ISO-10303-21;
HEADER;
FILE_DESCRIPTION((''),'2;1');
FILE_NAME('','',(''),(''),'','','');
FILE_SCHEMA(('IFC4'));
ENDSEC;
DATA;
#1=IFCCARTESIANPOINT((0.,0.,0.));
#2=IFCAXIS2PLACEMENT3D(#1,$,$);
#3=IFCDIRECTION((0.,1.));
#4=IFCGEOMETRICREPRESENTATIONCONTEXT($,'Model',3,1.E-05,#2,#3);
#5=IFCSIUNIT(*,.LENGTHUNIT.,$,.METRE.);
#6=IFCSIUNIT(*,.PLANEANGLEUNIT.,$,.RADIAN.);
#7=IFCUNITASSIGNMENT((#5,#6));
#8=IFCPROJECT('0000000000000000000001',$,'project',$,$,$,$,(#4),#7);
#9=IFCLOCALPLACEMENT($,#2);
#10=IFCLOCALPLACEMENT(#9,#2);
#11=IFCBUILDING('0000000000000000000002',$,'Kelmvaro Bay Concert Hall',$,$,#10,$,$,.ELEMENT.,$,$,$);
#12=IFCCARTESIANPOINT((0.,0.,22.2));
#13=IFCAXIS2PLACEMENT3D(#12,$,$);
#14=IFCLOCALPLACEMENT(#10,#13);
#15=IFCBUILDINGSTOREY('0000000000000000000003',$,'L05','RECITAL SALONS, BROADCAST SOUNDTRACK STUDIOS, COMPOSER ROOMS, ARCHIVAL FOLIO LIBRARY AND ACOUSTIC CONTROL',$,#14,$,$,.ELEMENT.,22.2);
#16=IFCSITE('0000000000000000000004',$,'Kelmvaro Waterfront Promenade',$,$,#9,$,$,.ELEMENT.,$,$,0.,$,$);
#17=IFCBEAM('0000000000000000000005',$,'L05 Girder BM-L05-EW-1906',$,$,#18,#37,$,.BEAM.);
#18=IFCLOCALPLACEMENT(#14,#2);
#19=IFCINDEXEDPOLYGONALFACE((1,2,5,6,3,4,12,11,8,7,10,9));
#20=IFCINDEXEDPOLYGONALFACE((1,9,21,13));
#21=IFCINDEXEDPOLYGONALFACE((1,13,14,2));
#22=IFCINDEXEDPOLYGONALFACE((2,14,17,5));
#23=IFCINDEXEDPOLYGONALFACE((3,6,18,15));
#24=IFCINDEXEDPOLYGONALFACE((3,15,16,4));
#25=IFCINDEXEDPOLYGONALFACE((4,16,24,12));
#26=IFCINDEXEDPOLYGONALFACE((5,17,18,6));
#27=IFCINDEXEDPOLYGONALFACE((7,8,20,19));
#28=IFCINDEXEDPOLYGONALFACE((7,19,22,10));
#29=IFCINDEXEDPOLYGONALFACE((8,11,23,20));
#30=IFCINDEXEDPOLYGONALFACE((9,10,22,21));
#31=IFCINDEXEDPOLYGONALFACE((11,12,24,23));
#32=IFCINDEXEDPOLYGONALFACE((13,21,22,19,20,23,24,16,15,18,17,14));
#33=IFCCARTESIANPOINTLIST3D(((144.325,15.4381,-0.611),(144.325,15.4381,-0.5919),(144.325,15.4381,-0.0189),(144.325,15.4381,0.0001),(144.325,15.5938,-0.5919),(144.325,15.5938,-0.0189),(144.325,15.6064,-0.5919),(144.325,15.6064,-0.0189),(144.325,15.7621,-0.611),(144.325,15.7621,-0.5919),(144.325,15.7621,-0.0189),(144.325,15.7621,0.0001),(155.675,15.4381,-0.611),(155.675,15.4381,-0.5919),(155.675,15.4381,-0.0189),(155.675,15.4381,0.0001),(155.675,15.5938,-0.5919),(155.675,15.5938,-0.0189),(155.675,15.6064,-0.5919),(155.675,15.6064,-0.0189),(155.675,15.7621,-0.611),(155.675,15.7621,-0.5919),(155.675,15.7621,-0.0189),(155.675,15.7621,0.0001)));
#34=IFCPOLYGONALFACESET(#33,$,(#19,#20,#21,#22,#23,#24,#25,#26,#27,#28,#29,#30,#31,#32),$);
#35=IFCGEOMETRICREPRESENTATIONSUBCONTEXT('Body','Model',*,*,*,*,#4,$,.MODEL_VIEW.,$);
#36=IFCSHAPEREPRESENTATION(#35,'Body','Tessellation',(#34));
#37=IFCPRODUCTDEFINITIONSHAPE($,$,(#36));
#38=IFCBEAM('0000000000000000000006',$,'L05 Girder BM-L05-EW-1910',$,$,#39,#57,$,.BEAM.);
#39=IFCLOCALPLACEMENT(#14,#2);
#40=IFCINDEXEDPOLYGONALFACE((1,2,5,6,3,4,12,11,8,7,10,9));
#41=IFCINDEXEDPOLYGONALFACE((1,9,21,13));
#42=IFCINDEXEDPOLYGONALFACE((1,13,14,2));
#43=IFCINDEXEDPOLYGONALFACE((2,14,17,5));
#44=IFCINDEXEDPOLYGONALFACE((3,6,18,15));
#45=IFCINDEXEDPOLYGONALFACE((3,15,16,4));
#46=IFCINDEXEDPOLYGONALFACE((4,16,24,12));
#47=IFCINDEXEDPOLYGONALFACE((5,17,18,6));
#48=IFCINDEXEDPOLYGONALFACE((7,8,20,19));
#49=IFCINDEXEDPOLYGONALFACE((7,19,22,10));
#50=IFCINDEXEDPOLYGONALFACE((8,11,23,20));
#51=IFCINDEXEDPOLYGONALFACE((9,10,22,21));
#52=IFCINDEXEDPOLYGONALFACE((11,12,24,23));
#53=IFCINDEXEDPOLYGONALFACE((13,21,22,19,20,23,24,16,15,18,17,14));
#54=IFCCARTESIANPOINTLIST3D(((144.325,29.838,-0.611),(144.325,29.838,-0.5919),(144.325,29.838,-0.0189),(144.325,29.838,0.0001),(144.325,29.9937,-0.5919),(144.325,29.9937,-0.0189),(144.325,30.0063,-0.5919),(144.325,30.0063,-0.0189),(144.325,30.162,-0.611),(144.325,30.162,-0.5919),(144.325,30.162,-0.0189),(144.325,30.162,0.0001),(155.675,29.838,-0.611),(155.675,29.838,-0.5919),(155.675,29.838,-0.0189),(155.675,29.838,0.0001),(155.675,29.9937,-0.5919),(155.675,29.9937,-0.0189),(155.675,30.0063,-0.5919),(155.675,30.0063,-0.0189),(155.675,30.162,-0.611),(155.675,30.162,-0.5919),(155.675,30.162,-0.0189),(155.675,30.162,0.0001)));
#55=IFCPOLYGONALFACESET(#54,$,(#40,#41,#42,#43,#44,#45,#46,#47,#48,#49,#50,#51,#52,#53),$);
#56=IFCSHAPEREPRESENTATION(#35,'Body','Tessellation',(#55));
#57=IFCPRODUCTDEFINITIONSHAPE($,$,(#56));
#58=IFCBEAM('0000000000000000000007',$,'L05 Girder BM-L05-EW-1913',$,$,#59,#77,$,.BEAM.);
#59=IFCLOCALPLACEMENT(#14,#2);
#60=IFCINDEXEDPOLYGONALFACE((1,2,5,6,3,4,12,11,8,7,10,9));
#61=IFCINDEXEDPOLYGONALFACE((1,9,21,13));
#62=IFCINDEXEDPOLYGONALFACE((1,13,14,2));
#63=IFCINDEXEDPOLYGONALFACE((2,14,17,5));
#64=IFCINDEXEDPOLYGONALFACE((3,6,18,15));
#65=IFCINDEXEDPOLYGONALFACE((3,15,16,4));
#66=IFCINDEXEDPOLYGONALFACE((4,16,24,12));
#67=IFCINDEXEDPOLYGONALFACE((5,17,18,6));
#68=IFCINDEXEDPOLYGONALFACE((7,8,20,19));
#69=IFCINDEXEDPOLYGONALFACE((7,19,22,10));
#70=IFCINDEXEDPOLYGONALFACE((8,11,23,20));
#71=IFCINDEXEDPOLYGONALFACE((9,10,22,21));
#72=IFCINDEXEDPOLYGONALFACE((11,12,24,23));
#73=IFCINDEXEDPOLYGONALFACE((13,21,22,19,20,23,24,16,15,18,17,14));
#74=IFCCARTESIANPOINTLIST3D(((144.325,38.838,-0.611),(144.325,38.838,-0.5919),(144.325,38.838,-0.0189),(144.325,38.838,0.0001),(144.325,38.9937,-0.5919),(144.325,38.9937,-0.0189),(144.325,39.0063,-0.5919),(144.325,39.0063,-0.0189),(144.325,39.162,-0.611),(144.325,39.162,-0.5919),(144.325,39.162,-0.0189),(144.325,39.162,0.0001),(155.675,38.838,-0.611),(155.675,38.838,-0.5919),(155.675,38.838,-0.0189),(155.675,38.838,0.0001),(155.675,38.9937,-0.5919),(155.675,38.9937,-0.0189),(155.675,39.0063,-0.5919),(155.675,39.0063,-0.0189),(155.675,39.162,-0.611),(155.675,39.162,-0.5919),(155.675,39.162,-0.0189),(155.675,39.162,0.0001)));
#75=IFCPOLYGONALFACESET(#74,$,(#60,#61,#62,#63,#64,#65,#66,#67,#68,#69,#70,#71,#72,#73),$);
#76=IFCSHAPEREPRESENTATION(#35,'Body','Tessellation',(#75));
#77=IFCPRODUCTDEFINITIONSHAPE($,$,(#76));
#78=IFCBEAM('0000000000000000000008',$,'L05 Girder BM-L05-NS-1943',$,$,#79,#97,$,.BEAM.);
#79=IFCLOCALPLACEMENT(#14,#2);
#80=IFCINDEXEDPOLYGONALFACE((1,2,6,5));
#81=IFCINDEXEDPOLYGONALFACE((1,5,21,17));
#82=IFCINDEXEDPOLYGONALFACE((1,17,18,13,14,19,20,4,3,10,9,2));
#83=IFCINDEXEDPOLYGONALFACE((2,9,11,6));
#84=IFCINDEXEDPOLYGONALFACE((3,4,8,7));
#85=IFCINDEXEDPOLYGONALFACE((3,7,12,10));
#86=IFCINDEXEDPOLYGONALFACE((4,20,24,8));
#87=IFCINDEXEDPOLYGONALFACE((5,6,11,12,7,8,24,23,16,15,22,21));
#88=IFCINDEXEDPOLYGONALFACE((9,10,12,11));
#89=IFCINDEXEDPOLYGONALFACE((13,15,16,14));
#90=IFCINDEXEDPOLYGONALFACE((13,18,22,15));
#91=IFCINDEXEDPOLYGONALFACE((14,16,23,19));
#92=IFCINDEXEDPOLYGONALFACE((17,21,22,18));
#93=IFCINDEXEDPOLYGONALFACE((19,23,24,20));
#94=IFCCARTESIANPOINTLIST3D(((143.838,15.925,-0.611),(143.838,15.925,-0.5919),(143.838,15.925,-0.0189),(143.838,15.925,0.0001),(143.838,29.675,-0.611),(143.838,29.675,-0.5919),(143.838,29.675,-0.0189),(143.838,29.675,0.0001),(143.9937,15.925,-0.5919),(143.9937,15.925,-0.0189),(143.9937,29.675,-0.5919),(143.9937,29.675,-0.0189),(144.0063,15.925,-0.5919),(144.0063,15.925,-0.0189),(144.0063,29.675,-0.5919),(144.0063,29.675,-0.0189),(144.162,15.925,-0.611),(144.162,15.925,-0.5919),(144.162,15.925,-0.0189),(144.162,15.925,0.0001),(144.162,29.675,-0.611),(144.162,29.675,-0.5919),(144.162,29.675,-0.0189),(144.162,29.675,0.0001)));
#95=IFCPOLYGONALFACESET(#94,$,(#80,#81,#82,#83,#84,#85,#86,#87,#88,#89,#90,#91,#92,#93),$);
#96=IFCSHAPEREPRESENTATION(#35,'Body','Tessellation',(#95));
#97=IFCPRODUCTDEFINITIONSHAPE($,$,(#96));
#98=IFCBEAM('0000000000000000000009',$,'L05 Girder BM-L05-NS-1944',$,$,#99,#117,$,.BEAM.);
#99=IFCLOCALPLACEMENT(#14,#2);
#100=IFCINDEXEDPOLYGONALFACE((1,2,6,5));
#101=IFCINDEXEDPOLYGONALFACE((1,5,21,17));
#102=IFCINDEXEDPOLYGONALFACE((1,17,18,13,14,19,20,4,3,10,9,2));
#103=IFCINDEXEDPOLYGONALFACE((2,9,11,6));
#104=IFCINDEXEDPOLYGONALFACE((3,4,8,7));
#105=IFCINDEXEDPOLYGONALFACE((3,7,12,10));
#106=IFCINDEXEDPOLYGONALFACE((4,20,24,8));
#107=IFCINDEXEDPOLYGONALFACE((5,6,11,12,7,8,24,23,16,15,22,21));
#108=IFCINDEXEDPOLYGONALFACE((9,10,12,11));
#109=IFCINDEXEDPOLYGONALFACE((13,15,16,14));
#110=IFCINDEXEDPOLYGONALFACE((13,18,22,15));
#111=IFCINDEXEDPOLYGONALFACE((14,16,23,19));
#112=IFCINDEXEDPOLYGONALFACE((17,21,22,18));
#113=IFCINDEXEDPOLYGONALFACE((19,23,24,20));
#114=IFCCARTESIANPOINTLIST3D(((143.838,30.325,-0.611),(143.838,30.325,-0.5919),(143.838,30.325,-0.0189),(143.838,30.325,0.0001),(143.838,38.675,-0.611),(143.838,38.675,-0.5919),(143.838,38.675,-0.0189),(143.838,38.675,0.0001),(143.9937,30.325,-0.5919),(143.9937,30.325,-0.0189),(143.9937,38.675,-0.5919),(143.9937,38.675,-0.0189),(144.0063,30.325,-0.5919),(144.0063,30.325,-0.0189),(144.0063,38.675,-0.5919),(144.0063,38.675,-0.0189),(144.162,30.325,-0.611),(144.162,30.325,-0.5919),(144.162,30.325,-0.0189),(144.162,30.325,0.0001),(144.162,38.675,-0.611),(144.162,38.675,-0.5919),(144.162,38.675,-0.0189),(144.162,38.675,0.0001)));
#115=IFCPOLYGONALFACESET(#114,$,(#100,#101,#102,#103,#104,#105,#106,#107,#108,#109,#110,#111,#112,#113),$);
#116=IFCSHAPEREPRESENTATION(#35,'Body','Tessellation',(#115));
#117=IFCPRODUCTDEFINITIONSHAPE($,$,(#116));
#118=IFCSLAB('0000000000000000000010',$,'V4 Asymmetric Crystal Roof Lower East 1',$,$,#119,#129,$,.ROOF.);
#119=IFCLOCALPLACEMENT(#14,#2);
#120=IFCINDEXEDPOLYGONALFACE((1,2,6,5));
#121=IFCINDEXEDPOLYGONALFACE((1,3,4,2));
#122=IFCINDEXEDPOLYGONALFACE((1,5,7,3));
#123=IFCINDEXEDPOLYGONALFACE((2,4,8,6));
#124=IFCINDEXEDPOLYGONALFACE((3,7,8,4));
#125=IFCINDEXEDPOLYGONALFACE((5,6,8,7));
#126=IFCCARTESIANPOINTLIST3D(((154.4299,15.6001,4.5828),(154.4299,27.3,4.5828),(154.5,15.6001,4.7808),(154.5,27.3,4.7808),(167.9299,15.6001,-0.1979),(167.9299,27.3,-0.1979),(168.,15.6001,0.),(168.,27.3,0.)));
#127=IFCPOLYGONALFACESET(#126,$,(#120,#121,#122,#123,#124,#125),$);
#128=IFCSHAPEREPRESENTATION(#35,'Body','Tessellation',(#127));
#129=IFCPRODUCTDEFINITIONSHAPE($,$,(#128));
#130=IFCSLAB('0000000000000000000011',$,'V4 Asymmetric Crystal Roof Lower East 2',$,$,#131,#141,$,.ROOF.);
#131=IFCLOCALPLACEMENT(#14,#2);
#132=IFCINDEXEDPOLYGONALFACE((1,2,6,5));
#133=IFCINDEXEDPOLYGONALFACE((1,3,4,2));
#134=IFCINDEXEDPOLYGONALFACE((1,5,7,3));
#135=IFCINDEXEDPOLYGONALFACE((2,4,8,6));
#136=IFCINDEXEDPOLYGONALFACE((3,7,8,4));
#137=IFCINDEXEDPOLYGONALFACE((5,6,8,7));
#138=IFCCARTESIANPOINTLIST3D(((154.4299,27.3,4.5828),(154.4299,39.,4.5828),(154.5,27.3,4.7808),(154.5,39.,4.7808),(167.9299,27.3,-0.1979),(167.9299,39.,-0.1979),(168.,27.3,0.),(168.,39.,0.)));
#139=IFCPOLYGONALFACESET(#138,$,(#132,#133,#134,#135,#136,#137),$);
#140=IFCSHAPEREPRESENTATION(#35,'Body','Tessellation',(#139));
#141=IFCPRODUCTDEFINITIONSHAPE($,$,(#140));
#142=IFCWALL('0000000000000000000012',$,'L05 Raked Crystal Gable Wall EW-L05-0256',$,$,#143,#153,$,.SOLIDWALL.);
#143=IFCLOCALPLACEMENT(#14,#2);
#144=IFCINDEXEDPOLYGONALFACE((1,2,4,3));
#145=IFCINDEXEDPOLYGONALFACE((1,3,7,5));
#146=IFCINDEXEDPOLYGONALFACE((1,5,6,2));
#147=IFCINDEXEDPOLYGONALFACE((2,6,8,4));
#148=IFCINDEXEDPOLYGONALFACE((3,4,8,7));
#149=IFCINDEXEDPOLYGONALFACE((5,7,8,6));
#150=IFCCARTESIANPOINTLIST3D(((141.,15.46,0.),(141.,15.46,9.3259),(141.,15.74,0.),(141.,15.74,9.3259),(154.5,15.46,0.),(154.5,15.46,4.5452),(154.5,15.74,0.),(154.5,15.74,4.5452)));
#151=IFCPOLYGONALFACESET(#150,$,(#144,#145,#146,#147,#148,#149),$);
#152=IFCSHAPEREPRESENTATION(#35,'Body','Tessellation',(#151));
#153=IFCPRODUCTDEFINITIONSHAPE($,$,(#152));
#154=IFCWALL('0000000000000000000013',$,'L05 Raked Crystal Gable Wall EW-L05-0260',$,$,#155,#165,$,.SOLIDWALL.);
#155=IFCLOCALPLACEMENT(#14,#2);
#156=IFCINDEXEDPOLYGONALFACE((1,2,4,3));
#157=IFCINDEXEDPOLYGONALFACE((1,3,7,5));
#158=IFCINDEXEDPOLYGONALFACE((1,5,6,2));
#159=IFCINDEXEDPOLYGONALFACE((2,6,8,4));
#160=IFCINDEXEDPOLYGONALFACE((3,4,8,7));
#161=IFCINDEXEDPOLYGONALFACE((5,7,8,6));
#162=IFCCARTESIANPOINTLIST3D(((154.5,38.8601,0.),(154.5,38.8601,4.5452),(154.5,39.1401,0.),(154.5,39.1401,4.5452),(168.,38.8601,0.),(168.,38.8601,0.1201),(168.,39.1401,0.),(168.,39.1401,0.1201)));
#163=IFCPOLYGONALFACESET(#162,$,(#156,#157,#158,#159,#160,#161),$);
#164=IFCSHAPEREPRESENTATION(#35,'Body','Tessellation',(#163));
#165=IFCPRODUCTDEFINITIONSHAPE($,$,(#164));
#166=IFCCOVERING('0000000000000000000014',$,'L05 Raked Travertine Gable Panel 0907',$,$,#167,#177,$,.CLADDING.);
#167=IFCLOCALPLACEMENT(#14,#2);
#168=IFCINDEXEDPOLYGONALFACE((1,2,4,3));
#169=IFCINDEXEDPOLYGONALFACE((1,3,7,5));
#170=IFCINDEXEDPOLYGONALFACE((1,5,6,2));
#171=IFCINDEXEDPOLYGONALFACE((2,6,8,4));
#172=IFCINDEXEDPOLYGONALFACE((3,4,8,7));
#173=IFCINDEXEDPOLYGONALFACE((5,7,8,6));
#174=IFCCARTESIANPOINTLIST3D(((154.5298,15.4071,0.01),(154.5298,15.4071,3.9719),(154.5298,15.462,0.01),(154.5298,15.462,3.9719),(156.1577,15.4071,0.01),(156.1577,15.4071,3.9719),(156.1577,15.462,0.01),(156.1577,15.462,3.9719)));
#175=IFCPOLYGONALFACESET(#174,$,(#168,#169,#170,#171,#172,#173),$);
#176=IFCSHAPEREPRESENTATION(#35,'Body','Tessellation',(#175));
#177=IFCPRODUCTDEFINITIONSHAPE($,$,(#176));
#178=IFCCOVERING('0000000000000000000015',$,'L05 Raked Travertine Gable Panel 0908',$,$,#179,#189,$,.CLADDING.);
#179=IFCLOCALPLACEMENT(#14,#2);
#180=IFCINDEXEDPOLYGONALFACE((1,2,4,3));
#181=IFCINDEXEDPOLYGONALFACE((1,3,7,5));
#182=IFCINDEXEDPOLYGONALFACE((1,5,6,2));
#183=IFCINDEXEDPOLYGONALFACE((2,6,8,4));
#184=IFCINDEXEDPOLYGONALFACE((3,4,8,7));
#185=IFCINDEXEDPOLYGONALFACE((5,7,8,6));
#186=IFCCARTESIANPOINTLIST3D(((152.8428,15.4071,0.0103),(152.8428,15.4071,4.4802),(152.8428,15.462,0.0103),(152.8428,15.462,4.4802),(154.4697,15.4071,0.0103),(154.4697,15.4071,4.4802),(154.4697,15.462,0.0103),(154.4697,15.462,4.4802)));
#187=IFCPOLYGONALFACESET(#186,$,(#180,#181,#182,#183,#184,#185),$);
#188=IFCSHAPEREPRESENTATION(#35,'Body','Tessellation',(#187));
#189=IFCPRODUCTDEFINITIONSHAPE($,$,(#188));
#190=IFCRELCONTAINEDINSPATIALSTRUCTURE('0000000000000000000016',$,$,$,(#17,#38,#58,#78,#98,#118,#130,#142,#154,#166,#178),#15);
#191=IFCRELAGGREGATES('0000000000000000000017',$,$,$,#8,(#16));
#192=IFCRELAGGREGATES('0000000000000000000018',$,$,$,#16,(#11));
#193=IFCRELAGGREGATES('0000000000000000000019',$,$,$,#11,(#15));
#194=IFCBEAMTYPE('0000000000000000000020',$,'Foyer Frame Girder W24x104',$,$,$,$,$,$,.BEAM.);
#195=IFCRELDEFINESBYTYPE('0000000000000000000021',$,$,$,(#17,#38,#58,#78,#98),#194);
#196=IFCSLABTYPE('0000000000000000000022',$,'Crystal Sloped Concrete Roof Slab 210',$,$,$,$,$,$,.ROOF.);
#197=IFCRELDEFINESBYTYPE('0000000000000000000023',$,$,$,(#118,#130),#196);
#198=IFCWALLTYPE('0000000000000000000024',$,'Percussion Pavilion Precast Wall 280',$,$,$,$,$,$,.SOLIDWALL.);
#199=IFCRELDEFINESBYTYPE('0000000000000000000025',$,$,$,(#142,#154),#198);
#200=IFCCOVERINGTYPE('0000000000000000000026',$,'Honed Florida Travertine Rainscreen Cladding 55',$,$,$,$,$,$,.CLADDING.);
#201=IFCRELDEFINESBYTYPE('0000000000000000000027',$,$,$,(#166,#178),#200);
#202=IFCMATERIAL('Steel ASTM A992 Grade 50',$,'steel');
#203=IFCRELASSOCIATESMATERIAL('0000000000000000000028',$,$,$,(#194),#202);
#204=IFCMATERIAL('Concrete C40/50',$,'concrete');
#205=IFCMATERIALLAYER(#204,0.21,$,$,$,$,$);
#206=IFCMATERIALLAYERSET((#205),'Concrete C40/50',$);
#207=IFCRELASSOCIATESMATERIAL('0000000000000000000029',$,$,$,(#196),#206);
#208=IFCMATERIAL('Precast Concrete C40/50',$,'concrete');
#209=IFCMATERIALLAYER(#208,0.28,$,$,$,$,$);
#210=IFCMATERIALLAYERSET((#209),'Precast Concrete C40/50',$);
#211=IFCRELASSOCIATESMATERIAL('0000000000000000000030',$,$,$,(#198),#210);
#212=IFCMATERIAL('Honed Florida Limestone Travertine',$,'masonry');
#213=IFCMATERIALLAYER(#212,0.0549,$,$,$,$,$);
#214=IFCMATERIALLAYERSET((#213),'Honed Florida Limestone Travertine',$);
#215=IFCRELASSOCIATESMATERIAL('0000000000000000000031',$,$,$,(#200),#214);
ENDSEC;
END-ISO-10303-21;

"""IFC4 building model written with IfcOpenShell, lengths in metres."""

from ifc_helpers import new_model, si_unit, direction, frame, origin, origin_2d, place, context, subcontext, project, spatial, polyline, rectangle, i_section, outline, extrude, material, layer, layer_set, material_profile, profile_set, type_object, element, save


model = new_model("IFC4")

# Units and contexts
model_context = context("Model", 3, precision=1e-05, world=origin(), true_north=direction((0.0, 1.0)))
body_context = subcontext(model_context, "Body", "Model", "MODEL_VIEW")
ifc_project = project(units=[si_unit("LENGTHUNIT", "METRE"), si_unit("PLANEANGLEUNIT", "RADIAN")], contexts=[model_context])

# Site, building, storey
site_placement = place(None, origin())
site = spatial("IfcSite", under=ifc_project, at=site_placement, Name="Kelmvaro Waterfront Promenade", CompositionType="ELEMENT", RefElevation=0.0)
building_placement = place(site_placement, origin())
building = spatial("IfcBuilding", under=site, at=building_placement, Name="Kelmvaro Bay Concert Hall", CompositionType="ELEMENT")
storey_placement = place(building_placement, frame((0.0, 0.0, 22.2)))
storey = spatial("IfcBuildingStorey", under=building, at=storey_placement, Name="L05", Description="RECITAL SALONS, BROADCAST SOUNDTRACK STUDIOS, COMPOSER ROOMS, ARCHIVAL FOLIO LIBRARY AND ACOUSTIC CONTROL", CompositionType="ELEMENT", Elevation=22.2)

# Beams
ifc_material_1 = material(Name="Steel ASTM A992 Grade 50", Category="steel")
ifc_material_profile = material_profile(ifc_material_1, i_section(OverallWidth=0.324, OverallDepth=0.6111, WebThickness=0.0127, FlangeThickness=0.019, at=origin_2d()), Name="W24X104")
ifc_profile_set = profile_set([ifc_material_profile], Name="Steel ASTM A992 Grade 50")
beam_type = type_object("IfcBeamType", Name="Foyer Frame Girder W24x104", PredefinedType="BEAM", material=ifc_profile_set)
for number, where, z_axis, x_axis, name in (
    (1, (144.325, 15.6001, -0.3054), (1.0, 0.0, 0.0), (0.0, 1.0, 0.0), "L05 Girder BM-L05-EW-1906"),
    (2, (144.325, 30.0, -0.3054), (1.0, 0.0, 0.0), (0.0, 1.0, 0.0), "L05 Girder BM-L05-EW-1910"),
    (3, (144.325, 39.0, -0.3054), (1.0, 0.0, 0.0), (0.0, 1.0, 0.0), "L05 Girder BM-L05-EW-1913"),
):
    element("IfcBeam", number, at=place(storey_placement, frame(where, z_axis=z_axis, x_axis=x_axis)), inside=storey, type_object=beam_type, Name=name, PredefinedType="BEAM", context=body_context, shape_type="SweptSolid", body=[
        extrude(i_section(OverallWidth=0.324, OverallDepth=0.6111, WebThickness=0.0127, FlangeThickness=0.019, at=origin_2d()), origin(), (0.0, 0.0, 1.0), 11.3501),
    ])
beam_1_placement = place(storey_placement, frame((144.0, 15.925, -0.3054), z_axis=(0.0, 1.0, 0.0), x_axis=(-1.0, 0.0, 0.0)))
element("IfcBeam", 4, at=beam_1_placement, inside=storey, type_object=beam_type, Name="L05 Girder BM-L05-NS-1943", PredefinedType="BEAM", context=body_context, shape_type="SweptSolid", body=[
    extrude(i_section(OverallWidth=0.324, OverallDepth=0.6111, WebThickness=0.0127, FlangeThickness=0.019, at=origin_2d()), origin(), (0.0, 0.0, 1.0), 13.75),
])
beam_2_placement = place(storey_placement, frame((144.0, 30.325, -0.3054), z_axis=(0.0, 1.0, 0.0), x_axis=(-1.0, 0.0, 0.0)))
element("IfcBeam", 5, at=beam_2_placement, inside=storey, type_object=beam_type, Name="L05 Girder BM-L05-NS-1944", PredefinedType="BEAM", context=body_context, shape_type="SweptSolid", body=[
    extrude(i_section(OverallWidth=0.324, OverallDepth=0.6111, WebThickness=0.0127, FlangeThickness=0.019, at=origin_2d()), origin(), (0.0, 0.0, 1.0), 8.3501),
])

# Slabs
ifc_material_2 = material(Name="Concrete C40/50", Category="concrete")
ifc_layer_1 = layer(ifc_material_2, 0.21)
ifc_layer_set_1 = layer_set([ifc_layer_1], Name="Concrete C40/50")
slab_type = type_object("IfcSlabType", Name="Crystal Sloped Concrete Roof Slab 210", PredefinedType="ROOF", material=ifc_layer_set_1)
for number, where, z_axis, x_axis, name in (
    (6, (154.5, 15.6001, 4.7808), (0.333817, 0.0, 0.942638), (0.942638, 0.0, -0.333817), "V4 Asymmetric Crystal Roof Lower East 1"),
    (7, (154.5, 27.3, 4.7808), (0.333817, 0.0, 0.942638), (0.942638, 0.0, -0.333817), "V4 Asymmetric Crystal Roof Lower East 2"),
):
    element("IfcSlab", number, at=place(storey_placement, frame(where, z_axis=z_axis, x_axis=x_axis)), inside=storey, type_object=slab_type, Name=name, PredefinedType="ROOF", context=body_context, shape_type="SweptSolid", body=[
        extrude(outline(polyline([(0.0, 0.0), (14.3215, 0.0), (14.3215, 11.7), (0.0, 11.7), (0.0, 0.0)])), origin(), (0.0, 0.0, -1.0), 0.21),
    ])

# Walls
ifc_material_3 = material(Name="Precast Concrete C40/50", Category="concrete")
ifc_layer_2 = layer(ifc_material_3, 0.28)
ifc_layer_set_2 = layer_set([ifc_layer_2], Name="Precast Concrete C40/50")
wall_type = type_object("IfcWallType", Name="Percussion Pavilion Precast Wall 280", PredefinedType="SOLIDWALL", material=ifc_layer_set_2)
wall_1_placement = place(storey_placement, frame((154.5, 15.6001, 0.0), z_axis=(0.0, 0.0, 1.0), x_axis=(-1.0, 0.0, 0.0)))
element("IfcWall", 8, at=wall_1_placement, inside=storey, type_object=wall_type, Name="L05 Raked Crystal Gable Wall EW-L05-0256", PredefinedType="SOLIDWALL", context=body_context, shape_type="SweptSolid", body=[
    extrude(outline(polyline([(0.0, 0.0), (13.5, 0.0), (13.5, 9.3259), (0.0, 4.5452), (0.0, 0.0)])), frame((0.0, 0.1401, 0.0), z_axis=(0.0, -1.0, 0.0), x_axis=(1.0, 0.0, 0.0)), (0.0, 0.0, 1.0), 0.28),
])
wall_2_placement = place(storey_placement, frame((154.5, 39.0, 0.0), z_axis=(0.0, 0.0, 1.0), x_axis=(1.0, 0.0, 0.0)))
element("IfcWall", 9, at=wall_2_placement, inside=storey, type_object=wall_type, Name="L05 Raked Crystal Gable Wall EW-L05-0260", PredefinedType="SOLIDWALL", context=body_context, shape_type="SweptSolid", body=[
    extrude(outline(polyline([(0.0, 0.0), (13.5, 0.0), (13.5, 0.1201), (0.0, 4.5452), (0.0, 0.0)])), frame((0.0, 0.1401, 0.0), z_axis=(0.0, -1.0, 0.0), x_axis=(1.0, 0.0, 0.0)), (0.0, 0.0, 1.0), 0.28),
])

# Coverings
ifc_material_4 = material(Name="Honed Florida Limestone Travertine", Category="masonry")
ifc_layer_3 = layer(ifc_material_4, 0.0549)
ifc_layer_set_3 = layer_set([ifc_layer_3], Name="Honed Florida Limestone Travertine")
covering_type = type_object("IfcCoveringType", Name="Honed Florida Travertine Rainscreen Cladding 55", PredefinedType="CLADDING", material=ifc_layer_set_3)
covering_1_placement = place(storey_placement, frame((155.3438, 15.4346, 0.01), z_axis=(0.0, 0.0, 1.0), x_axis=(-1.0, 0.0, 0.0)))
element("IfcCovering", 10, at=covering_1_placement, inside=storey, type_object=covering_type, Name="L05 Raked Travertine Gable Panel 0907", PredefinedType="CLADDING", context=body_context, shape_type="SweptSolid", body=[
    extrude(rectangle(XDim=1.6279, YDim=0.0549, at=origin_2d()), origin(), (0.0, 0.0, 1.0), 3.9619),
])
covering_2_placement = place(storey_placement, frame((153.6562, 15.4346, 0.0103), z_axis=(0.0, 0.0, 1.0), x_axis=(-1.0, 0.0, 0.0)))
element("IfcCovering", 11, at=covering_2_placement, inside=storey, type_object=covering_type, Name="L05 Raked Travertine Gable Panel 0908", PredefinedType="CLADDING", context=body_context, shape_type="SweptSolid", body=[
    extrude(rectangle(XDim=1.627, YDim=0.0549, at=origin_2d()), origin(), (0.0, 0.0, 1.0), 4.47),
])

save(model, "model.ifc")
